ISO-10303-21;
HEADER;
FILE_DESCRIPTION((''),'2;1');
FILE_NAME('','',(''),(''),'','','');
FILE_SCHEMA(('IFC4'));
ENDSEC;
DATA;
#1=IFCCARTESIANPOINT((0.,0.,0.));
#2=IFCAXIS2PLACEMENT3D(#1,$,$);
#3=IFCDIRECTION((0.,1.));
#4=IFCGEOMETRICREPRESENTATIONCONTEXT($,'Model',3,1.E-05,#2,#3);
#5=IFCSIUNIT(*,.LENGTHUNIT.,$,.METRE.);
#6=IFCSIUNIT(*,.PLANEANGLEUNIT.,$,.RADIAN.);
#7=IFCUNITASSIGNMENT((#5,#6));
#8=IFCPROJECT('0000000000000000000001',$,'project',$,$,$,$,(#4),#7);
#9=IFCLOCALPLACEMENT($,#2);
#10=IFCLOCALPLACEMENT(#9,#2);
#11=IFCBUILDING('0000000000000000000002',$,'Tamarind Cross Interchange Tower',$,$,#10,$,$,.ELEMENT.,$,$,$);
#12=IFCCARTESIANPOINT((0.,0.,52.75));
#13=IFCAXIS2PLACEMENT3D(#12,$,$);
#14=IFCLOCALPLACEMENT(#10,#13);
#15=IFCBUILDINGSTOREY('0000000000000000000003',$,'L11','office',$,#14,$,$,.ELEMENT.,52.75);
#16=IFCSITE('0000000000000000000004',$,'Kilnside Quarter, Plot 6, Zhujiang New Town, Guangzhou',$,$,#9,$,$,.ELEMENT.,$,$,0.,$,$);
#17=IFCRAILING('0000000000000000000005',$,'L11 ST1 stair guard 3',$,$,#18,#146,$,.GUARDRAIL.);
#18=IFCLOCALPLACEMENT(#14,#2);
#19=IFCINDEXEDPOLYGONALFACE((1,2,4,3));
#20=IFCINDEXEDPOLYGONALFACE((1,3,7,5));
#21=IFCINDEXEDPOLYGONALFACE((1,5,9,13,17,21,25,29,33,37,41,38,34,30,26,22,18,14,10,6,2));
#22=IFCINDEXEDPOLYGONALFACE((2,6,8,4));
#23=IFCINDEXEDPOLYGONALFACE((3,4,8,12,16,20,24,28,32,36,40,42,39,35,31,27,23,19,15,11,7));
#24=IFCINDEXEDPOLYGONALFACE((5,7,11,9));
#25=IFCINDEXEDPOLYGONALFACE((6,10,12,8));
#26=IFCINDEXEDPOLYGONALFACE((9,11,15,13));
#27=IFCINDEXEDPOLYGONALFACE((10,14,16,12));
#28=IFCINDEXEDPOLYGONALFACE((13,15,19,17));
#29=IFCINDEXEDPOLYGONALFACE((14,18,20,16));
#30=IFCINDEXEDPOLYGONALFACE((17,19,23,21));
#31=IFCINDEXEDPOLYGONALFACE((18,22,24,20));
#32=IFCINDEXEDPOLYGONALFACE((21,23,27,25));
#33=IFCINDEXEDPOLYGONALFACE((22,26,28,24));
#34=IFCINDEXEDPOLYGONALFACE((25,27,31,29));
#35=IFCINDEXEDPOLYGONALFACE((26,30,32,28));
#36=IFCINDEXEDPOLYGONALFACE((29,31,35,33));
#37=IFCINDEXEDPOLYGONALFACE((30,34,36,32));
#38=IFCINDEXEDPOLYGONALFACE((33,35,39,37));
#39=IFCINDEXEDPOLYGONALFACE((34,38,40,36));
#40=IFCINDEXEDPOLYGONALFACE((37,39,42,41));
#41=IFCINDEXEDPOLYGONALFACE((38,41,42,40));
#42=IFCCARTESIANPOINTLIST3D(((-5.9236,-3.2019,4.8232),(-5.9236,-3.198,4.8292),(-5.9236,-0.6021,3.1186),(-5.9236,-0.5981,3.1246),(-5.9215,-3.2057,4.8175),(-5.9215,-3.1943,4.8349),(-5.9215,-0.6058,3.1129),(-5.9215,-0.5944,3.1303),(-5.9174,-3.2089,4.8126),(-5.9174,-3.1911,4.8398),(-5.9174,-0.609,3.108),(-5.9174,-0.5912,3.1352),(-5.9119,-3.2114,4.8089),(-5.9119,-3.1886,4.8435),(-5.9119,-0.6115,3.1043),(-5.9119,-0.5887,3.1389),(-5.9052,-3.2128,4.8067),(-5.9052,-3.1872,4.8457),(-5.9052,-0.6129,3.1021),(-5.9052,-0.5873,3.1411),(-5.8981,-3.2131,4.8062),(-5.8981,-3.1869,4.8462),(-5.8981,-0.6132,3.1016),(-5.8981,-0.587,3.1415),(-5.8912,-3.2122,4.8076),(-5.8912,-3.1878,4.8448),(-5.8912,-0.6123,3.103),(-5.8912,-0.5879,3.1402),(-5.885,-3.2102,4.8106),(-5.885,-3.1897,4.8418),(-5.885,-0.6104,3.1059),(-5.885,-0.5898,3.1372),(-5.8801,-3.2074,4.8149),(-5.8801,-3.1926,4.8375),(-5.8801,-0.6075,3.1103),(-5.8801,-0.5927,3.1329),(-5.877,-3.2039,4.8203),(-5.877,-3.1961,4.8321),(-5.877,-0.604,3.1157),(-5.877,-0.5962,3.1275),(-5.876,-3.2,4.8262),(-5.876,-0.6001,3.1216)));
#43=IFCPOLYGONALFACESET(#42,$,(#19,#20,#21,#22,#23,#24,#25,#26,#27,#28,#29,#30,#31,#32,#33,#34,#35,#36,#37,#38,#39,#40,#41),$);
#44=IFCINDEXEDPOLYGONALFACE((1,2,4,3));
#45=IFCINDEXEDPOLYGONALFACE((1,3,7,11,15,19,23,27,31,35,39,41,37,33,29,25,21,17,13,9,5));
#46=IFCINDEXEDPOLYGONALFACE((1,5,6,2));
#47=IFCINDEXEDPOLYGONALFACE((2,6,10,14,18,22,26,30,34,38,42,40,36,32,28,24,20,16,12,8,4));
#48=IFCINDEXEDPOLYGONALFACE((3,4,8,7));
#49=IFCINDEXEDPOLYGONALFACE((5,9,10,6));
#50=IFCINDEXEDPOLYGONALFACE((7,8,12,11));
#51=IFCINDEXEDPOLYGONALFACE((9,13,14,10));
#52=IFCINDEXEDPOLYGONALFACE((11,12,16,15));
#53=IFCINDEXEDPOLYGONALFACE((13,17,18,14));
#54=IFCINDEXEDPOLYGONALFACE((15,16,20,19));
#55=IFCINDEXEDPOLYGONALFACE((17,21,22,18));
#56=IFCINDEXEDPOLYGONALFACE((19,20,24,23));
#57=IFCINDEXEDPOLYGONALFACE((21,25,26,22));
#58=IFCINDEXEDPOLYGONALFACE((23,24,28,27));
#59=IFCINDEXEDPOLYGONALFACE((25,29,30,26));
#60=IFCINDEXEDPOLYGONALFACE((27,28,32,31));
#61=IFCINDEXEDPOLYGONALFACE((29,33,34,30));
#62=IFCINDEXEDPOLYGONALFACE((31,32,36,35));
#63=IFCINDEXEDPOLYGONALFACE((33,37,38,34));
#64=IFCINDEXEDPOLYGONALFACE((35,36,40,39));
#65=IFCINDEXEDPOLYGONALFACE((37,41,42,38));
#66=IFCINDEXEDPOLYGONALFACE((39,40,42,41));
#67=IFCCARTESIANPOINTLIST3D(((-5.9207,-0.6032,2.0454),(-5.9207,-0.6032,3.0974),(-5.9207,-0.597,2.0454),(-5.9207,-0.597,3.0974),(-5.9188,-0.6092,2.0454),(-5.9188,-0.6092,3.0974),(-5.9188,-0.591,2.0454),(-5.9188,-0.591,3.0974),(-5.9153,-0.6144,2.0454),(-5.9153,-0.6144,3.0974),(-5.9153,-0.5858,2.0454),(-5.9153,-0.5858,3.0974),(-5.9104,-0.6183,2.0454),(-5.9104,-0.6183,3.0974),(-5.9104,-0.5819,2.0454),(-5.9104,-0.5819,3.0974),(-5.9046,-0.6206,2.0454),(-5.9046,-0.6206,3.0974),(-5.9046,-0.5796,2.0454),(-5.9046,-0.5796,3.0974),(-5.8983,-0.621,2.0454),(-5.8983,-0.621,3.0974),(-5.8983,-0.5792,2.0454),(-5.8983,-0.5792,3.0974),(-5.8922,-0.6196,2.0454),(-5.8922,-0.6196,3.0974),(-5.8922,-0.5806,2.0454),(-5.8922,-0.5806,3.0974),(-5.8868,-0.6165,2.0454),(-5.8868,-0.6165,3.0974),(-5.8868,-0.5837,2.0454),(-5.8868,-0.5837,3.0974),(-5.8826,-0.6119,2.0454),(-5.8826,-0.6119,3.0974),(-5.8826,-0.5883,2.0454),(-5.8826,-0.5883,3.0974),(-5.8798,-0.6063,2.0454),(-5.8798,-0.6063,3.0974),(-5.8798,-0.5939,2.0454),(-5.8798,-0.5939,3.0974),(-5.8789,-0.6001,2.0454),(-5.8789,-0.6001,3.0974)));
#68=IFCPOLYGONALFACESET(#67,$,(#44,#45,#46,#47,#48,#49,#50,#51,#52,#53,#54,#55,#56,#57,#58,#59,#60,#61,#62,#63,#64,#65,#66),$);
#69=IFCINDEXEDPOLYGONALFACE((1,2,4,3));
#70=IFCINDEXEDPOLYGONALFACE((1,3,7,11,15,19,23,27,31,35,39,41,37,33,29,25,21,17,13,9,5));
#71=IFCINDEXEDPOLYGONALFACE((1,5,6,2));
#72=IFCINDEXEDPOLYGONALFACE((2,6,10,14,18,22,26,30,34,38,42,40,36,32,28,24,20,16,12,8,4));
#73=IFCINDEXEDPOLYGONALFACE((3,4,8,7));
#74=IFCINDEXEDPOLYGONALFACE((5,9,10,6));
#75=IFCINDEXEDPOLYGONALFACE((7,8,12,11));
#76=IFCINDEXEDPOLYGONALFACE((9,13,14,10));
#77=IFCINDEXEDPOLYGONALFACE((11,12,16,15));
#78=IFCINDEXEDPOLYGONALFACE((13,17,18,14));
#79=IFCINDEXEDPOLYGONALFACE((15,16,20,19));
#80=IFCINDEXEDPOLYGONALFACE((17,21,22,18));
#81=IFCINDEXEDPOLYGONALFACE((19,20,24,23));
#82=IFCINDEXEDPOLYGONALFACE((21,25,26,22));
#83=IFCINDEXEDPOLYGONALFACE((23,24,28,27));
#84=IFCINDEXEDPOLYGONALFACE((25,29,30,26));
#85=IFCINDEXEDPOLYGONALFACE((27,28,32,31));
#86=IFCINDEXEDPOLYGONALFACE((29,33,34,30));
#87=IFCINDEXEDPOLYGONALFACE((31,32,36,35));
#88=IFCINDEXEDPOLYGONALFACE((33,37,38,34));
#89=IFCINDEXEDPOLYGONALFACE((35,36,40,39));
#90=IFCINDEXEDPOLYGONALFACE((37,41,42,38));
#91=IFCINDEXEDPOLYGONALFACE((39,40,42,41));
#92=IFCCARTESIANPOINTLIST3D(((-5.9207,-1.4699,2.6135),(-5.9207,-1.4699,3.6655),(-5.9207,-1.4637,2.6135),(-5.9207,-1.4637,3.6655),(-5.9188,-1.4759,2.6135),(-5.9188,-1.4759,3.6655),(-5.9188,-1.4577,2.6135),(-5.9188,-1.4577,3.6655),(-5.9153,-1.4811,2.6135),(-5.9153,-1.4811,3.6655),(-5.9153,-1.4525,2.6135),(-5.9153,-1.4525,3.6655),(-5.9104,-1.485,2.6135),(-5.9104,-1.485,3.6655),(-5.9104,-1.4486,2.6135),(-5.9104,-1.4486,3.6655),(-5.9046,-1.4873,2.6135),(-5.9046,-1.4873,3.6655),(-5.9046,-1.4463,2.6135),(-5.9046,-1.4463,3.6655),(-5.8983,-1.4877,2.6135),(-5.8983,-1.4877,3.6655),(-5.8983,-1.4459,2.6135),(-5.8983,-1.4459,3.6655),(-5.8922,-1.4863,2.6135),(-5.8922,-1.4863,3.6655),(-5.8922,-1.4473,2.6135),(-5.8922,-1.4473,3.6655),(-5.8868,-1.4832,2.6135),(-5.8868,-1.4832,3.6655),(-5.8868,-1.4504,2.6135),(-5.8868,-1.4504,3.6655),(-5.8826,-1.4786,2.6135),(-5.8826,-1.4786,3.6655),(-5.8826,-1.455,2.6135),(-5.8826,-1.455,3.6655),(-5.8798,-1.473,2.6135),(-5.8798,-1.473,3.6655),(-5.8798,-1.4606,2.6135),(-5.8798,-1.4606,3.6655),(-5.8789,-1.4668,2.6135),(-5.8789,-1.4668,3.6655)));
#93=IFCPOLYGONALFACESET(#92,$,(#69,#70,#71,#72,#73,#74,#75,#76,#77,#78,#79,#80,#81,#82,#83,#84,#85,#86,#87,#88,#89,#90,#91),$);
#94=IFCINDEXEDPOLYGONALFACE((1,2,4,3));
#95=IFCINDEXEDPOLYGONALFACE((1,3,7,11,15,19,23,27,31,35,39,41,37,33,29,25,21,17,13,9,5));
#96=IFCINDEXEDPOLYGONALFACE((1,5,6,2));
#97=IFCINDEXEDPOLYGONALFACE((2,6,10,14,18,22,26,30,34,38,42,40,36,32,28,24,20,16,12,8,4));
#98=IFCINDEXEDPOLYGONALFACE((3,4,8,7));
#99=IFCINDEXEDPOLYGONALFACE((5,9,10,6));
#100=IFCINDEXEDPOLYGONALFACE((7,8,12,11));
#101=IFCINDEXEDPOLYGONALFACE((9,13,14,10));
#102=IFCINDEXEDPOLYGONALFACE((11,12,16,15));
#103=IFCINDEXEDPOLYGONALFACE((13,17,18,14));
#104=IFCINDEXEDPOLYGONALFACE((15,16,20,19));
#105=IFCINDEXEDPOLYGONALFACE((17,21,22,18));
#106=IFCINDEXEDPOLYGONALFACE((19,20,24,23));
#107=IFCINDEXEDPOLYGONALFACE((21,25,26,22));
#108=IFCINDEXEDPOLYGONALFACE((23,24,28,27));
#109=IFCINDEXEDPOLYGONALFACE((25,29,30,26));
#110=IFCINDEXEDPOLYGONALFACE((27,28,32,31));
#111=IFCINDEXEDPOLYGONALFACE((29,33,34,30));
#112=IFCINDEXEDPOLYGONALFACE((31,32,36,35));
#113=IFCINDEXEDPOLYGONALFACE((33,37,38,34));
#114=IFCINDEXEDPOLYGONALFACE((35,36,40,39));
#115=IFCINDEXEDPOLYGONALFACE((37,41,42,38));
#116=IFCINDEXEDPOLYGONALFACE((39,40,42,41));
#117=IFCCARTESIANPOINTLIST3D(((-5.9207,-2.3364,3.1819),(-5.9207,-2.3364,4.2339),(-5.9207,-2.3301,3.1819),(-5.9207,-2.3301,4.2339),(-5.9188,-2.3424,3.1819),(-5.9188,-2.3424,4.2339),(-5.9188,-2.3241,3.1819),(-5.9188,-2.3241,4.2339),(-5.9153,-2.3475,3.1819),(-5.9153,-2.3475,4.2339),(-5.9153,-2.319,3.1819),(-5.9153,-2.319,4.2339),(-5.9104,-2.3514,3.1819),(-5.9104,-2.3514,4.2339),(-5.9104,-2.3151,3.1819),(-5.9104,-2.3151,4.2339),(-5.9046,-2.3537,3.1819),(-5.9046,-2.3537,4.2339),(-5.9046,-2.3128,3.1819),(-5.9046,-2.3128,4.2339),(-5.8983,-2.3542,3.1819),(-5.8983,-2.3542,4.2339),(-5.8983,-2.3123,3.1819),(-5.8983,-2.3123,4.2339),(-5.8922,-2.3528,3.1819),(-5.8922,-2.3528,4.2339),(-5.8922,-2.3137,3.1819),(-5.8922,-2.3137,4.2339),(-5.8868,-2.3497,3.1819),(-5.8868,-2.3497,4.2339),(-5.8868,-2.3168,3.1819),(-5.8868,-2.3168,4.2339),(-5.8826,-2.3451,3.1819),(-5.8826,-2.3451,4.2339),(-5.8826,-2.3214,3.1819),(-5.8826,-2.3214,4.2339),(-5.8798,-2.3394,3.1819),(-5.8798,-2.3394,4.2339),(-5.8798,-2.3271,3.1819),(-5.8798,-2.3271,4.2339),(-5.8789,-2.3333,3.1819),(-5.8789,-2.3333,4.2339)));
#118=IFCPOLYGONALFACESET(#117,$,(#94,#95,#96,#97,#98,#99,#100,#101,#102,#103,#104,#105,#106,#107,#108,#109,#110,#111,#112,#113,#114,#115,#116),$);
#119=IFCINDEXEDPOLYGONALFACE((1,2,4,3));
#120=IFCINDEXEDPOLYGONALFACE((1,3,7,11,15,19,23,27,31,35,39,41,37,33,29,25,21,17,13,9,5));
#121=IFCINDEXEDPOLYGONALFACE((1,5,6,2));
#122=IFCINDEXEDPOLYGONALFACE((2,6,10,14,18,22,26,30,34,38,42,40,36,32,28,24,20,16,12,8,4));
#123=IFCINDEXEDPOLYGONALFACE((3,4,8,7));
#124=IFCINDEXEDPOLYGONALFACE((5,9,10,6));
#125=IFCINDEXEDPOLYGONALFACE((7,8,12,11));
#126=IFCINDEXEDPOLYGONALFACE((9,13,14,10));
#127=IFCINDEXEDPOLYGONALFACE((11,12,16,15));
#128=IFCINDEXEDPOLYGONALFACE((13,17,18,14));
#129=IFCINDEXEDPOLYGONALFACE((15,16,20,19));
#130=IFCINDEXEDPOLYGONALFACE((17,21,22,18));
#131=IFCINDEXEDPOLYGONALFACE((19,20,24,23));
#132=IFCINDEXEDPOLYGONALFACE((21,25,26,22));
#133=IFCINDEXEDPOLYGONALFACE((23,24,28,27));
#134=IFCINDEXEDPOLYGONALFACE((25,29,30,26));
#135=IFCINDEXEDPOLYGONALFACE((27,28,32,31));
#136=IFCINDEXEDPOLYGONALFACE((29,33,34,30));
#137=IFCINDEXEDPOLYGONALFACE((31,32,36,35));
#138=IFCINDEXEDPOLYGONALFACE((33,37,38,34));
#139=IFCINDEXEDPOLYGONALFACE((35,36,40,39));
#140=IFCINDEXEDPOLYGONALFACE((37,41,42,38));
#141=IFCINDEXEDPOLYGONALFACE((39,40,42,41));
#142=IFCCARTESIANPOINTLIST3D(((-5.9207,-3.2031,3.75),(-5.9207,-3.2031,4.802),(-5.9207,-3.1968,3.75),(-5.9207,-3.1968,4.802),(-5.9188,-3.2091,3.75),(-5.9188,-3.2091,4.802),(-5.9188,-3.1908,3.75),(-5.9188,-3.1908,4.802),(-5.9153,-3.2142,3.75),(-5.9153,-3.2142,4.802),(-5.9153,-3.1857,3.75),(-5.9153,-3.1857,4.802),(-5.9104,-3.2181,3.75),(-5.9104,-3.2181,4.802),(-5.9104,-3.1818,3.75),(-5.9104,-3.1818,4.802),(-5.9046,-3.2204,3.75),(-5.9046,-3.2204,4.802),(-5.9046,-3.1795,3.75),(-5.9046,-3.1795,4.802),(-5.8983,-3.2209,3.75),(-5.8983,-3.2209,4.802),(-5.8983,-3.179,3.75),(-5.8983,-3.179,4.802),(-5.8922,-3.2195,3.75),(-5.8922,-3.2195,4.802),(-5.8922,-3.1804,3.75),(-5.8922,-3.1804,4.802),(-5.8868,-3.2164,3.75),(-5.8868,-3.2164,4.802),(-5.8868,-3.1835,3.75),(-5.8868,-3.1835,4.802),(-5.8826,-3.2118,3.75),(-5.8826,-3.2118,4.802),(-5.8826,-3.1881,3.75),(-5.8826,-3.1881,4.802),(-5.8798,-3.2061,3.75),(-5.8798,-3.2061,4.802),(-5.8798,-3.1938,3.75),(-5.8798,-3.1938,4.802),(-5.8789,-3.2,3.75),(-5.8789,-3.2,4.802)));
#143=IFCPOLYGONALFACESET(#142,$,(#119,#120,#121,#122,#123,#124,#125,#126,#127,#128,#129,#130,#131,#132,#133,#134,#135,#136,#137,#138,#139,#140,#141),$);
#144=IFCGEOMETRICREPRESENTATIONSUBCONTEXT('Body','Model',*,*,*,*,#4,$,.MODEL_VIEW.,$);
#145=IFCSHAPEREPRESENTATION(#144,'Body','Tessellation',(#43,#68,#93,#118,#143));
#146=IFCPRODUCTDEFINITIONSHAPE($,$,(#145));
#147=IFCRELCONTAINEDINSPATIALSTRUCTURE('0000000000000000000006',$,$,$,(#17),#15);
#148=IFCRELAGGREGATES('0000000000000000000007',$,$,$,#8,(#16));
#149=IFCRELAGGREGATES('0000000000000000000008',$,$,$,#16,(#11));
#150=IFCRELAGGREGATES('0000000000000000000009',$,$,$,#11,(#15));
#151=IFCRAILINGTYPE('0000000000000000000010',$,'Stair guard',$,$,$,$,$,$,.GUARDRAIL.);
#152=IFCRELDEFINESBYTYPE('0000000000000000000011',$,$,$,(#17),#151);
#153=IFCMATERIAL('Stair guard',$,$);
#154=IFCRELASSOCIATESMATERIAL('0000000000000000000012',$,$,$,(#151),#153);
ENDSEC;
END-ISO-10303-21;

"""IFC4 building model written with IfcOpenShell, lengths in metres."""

from ifc_helpers import new_model, si_unit, direction, frame, origin, origin_2d, place, context, subcontext, project, spatial, circle, extrude, material, type_object, element, save


model = new_model("IFC4")

# Units and contexts
model_context = context("Model", 3, precision=1e-05, world=origin(), true_north=direction((0.0, 1.0)))
body_context = subcontext(model_context, "Body", "Model", "MODEL_VIEW")
ifc_project = project(units=[si_unit("LENGTHUNIT", "METRE"), si_unit("PLANEANGLEUNIT", "RADIAN")], contexts=[model_context])

# Site, building, storey
site_placement = place(None, origin())
site = spatial("IfcSite", under=ifc_project, at=site_placement, Name="Kilnside Quarter, Plot 6, Zhujiang New Town, Guangzhou", CompositionType="ELEMENT", RefElevation=0.0)
building_placement = place(site_placement, origin())
building = spatial("IfcBuilding", under=site, at=building_placement, Name="Tamarind Cross Interchange Tower", CompositionType="ELEMENT")
storey_placement = place(building_placement, frame((0.0, 0.0, 52.75)))
storey = spatial("IfcBuildingStorey", under=building, at=storey_placement, Name="L11", Description="office", CompositionType="ELEMENT", Elevation=52.75)

# Railing
ifc_material_1 = material(Name="Stair guard")
railing_type_1 = type_object("IfcRailingType", Name="Stair guard", PredefinedType="GUARDRAIL", material=ifc_material_1)
railing_1_placement = place(storey_placement, frame((-5.8999, -0.6001, 2.0454)))
element("IfcRailing", 1, at=railing_1_placement, inside=storey, type_object=railing_type_1, Name="L11 ST1 stair guard 3", PredefinedType="GUARDRAIL", context=body_context, shape_type="SweptSolid", body=[
    extrude(circle(Radius=0.0239, at=origin_2d()), frame((0.0, 0.0, 1.0762), z_axis=(0.0, -0.836279, 0.548305), x_axis=(1.0, 0.0, 0.0)), (0.0, 0.0, 1.0), 3.1089),
    extrude(circle(Radius=0.021, at=origin_2d()), origin(), (0.0, 0.0, 1.0), 1.052),
    extrude(circle(Radius=0.021, at=origin_2d()), frame((0.0, -0.8667, 0.5681)), (0.0, 0.0, 1.0), 1.052),
    extrude(circle(Radius=0.021, at=origin_2d()), frame((0.0, -1.7332, 1.1365)), (0.0, 0.0, 1.0), 1.052),
    extrude(circle(Radius=0.021, at=origin_2d()), frame((0.0, -2.5999, 1.7046)), (0.0, 0.0, 1.0), 1.052),
])

save(model, "model.ifc")
